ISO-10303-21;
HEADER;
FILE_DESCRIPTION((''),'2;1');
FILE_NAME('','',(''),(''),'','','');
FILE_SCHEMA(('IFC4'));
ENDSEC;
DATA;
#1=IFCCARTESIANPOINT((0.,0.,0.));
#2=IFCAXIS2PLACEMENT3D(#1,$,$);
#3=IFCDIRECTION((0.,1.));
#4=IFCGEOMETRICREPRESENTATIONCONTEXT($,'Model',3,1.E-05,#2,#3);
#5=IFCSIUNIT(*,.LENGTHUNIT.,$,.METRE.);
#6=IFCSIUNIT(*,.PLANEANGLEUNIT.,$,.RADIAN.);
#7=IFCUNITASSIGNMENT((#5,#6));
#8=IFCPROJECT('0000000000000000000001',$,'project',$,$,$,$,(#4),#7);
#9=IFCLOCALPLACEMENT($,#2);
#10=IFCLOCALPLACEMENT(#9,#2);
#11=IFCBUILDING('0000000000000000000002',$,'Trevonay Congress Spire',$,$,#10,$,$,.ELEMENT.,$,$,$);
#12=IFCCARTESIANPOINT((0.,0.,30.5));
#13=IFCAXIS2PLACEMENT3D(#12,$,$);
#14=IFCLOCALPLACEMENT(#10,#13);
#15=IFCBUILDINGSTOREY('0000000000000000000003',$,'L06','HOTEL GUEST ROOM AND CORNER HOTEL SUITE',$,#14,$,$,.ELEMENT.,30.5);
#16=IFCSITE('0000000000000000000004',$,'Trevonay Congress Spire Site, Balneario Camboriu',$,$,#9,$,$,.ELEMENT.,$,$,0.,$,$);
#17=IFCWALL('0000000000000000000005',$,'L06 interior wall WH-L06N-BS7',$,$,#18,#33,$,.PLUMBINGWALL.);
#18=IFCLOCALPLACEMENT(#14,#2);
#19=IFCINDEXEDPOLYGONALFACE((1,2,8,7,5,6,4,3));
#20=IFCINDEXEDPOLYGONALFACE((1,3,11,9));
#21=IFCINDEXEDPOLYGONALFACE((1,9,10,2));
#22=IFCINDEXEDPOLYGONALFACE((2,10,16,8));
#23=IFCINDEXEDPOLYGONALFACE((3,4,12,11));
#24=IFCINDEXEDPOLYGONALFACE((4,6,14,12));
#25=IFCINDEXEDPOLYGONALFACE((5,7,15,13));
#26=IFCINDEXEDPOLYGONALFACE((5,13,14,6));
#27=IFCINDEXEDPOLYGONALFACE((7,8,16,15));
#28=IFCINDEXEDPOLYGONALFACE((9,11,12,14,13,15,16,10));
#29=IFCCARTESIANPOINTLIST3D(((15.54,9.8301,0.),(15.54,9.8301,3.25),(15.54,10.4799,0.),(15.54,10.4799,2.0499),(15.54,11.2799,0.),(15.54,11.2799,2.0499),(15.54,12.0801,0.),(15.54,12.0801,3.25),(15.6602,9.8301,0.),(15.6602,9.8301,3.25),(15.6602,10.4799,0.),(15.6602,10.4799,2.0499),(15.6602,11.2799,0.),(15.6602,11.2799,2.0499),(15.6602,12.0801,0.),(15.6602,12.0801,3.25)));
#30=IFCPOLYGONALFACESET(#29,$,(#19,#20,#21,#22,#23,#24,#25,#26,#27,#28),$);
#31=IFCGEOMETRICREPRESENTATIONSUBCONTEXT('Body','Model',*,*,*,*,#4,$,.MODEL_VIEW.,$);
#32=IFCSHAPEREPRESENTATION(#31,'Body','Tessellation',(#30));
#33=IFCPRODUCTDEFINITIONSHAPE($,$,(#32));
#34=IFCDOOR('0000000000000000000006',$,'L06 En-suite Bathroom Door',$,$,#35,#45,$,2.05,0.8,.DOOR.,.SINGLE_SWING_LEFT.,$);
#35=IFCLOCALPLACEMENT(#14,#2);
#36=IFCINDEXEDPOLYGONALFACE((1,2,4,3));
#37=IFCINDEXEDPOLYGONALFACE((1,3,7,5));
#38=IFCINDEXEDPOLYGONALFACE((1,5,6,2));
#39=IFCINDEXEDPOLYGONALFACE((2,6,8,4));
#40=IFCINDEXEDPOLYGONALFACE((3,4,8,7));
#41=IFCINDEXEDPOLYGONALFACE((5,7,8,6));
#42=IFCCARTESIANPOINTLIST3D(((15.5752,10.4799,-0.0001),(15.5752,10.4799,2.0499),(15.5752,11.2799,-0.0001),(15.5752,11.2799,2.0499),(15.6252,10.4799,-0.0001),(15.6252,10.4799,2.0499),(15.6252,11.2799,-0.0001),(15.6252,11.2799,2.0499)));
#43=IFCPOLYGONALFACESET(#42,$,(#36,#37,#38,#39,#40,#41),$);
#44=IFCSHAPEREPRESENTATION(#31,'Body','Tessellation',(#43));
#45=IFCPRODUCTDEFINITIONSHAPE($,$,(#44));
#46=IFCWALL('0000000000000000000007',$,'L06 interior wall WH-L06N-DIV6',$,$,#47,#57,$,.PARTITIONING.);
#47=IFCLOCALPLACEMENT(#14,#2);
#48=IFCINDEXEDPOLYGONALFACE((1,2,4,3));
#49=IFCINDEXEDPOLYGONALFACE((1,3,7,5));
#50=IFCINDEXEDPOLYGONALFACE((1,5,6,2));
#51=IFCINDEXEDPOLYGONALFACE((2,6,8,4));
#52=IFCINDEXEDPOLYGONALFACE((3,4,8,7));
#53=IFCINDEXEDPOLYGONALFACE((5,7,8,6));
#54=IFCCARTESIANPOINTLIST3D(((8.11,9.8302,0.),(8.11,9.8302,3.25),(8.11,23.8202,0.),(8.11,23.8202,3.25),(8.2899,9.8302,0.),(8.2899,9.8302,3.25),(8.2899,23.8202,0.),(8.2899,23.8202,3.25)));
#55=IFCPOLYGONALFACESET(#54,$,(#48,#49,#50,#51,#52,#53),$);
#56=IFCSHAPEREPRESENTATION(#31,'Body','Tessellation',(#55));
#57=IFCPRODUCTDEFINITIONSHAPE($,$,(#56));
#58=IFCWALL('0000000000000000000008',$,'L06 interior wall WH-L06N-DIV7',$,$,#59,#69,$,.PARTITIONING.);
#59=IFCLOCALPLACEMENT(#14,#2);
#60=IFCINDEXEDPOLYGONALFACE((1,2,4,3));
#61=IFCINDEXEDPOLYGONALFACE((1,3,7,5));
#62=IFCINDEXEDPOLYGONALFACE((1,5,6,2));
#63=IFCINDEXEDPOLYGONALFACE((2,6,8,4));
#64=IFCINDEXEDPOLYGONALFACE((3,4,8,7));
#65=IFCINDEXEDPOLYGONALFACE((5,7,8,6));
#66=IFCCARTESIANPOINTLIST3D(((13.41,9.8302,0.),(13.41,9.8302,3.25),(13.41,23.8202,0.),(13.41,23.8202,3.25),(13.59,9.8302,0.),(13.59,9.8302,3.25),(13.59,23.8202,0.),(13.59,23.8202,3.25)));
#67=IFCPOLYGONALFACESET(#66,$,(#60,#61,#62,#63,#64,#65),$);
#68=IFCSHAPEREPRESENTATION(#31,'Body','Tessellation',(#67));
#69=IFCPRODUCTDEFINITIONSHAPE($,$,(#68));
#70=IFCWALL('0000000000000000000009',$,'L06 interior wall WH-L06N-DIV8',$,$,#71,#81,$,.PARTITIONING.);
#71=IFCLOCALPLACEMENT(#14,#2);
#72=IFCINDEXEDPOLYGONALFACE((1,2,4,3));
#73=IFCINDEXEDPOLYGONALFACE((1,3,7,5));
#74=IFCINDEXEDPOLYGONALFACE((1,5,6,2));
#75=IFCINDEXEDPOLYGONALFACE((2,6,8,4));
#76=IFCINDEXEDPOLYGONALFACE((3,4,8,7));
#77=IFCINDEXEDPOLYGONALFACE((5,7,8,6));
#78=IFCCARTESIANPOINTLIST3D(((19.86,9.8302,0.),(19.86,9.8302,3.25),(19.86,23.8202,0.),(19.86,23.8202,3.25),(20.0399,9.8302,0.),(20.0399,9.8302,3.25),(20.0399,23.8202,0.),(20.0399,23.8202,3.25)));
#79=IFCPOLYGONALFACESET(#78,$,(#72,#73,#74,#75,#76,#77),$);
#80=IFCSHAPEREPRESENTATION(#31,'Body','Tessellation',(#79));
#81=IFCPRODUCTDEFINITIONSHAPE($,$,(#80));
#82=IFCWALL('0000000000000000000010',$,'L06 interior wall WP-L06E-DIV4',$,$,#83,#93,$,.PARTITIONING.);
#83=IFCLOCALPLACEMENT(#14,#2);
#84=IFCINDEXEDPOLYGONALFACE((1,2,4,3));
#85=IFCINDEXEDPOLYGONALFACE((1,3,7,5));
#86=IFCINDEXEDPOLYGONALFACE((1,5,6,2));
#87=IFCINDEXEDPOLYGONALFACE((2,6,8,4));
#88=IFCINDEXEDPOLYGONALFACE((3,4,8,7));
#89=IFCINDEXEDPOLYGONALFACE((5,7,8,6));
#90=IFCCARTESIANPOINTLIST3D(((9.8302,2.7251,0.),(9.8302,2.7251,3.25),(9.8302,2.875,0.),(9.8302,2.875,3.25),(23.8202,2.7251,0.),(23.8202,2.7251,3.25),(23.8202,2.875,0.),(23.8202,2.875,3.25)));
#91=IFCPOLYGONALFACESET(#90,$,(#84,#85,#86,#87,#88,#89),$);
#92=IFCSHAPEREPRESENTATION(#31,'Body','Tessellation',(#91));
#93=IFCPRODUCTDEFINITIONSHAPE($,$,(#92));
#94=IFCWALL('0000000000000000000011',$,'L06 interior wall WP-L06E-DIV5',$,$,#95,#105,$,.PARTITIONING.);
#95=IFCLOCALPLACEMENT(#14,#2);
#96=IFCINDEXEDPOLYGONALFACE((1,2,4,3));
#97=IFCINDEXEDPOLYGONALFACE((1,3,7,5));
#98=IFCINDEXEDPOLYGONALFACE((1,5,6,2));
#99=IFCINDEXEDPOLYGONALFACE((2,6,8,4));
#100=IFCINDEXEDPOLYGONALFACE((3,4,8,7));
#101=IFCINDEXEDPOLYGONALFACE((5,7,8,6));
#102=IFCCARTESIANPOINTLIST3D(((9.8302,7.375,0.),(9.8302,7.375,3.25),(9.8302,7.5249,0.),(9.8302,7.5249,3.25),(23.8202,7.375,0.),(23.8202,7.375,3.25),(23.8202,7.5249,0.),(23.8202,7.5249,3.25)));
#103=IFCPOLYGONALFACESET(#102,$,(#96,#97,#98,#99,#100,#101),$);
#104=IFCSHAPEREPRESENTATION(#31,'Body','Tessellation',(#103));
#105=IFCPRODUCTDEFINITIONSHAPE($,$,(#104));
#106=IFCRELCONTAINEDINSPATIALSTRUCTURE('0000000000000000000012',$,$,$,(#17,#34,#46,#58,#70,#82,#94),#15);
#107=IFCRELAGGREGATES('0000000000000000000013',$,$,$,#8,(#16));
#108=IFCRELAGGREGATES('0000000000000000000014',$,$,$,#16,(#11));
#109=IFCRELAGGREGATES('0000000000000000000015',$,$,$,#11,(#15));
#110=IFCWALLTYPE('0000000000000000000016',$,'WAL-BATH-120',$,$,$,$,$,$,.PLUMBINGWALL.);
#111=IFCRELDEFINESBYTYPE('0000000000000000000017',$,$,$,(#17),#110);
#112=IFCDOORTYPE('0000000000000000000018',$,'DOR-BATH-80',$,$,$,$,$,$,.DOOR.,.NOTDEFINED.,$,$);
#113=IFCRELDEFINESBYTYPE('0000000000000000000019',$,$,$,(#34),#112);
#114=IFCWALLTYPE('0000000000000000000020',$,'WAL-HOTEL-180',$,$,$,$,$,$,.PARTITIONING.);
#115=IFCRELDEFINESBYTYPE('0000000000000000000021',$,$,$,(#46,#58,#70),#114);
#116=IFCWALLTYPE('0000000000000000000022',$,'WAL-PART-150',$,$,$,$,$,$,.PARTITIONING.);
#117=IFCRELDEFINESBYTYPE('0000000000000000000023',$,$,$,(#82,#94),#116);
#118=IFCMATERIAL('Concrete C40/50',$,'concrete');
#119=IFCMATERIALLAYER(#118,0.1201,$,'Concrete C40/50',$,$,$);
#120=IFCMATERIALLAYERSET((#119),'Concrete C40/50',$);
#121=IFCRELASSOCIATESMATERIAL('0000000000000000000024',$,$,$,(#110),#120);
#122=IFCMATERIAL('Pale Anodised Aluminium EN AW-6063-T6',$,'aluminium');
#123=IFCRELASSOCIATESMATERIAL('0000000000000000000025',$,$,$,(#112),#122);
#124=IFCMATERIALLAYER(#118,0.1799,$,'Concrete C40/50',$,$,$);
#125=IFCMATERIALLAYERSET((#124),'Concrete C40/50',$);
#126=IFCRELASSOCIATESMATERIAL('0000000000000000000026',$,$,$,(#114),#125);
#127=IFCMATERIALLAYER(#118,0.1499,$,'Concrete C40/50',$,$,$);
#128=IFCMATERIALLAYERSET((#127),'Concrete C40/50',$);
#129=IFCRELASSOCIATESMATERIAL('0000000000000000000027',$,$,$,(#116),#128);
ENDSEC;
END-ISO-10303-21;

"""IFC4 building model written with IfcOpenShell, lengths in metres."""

from ifc_helpers import new_model, si_unit, direction, frame, frame_2d, origin, place, context, subcontext, project, spatial, rectangle, extrude, material, layer, layer_set, type_object, element, fill, save


model = new_model("IFC4")

# Units and contexts
model_context = context("Model", 3, precision=1e-05, world=origin(), true_north=direction((0.0, 1.0)))
body_context = subcontext(model_context, "Body", "Model", "MODEL_VIEW")
ifc_project = project(units=[si_unit("LENGTHUNIT", "METRE"), si_unit("PLANEANGLEUNIT", "RADIAN")], contexts=[model_context])

# Site, building, storey
site_placement = place(None, origin())
site = spatial("IfcSite", under=ifc_project, at=site_placement, Name="Trevonay Congress Spire Site, Balneario Camboriu", CompositionType="ELEMENT", RefElevation=0.0)
building_placement = place(site_placement, origin())
building = spatial("IfcBuilding", under=site, at=building_placement, Name="Trevonay Congress Spire", CompositionType="ELEMENT")
storey_placement = place(building_placement, frame((0.0, 0.0, 30.5)))
storey = spatial("IfcBuildingStorey", under=building, at=storey_placement, Name="L06", Description="HOTEL GUEST ROOM AND CORNER HOTEL SUITE", CompositionType="ELEMENT", Elevation=30.5)

# Shared definitions
ifc_material_1 = material(Name="Pale Anodised Aluminium EN AW-6063-T6", Category="aluminium")

# Wall, opening, door
ifc_material_2 = material(Name="Concrete C40/50", Category="concrete")
ifc_layer_1 = layer(ifc_material_2, 0.1201, Name="Concrete C40/50")
ifc_layer_set_1 = layer_set([ifc_layer_1], Name="Concrete C40/50")
wall_type_1 = type_object("IfcWallType", Name="WAL-BATH-120", PredefinedType="PLUMBINGWALL", material=ifc_layer_set_1)
door_type = type_object("IfcDoorType", Name="DOR-BATH-80", OperationType="NOTDEFINED", PredefinedType="DOOR", material=ifc_material_1)
wall_1_placement = place(storey_placement, frame((15.6001, 9.8301, 0.0), z_axis=(0.0, 0.0, 1.0), x_axis=(0.0, 1.0, 0.0)))
wall_1 = element("IfcWall", 1, at=wall_1_placement, inside=storey, type_object=wall_type_1, Name="L06 interior wall WH-L06N-BS7", PredefinedType="PLUMBINGWALL", context=body_context, shape_type="SweptSolid", body=[
    extrude(rectangle(XDim=2.25, YDim=0.1201, at=frame_2d((1.125, 0.0))), origin(), (0.0, 0.0, 1.0), 3.25),
])
opening_1_placement = place(wall_1_placement, frame((0.6499, 0.0, 0.0)))
opening_1 = element("IfcOpeningElement", 2, at=opening_1_placement, cuts=wall_1, PredefinedType="OPENING", context=body_context, shape_type="SweptSolid", body=[
    extrude(rectangle(XDim=0.8, YDim=2.05, at=frame_2d((0.3999, 1.0249))), frame((0.0, 0.0701, 0.0), z_axis=(0.0, -1.0, 0.0), x_axis=(1.0, 0.0, 0.0)), (0.0, 0.0, 1.0), 0.1401),
])
door_1_placement = place(opening_1_placement, origin())
door_1 = element("IfcDoor", 3, at=door_1_placement, inside=storey, type_object=door_type, Name="L06 En-suite Bathroom Door", OperationType="SINGLE_SWING_LEFT", OverallHeight=2.05, OverallWidth=0.8, PredefinedType="DOOR", context=body_context, shape_type="SweptSolid", body=[
    extrude(rectangle(XDim=0.8, YDim=2.05, at=frame_2d((0.3999, 1.0249))), frame((0.0, 0.0249, 0.0), z_axis=(0.0, -1.0, 0.0), x_axis=(1.0, 0.0, 0.0)), (0.0, 0.0, 1.0), 0.05),
])
fill(opening_1, door_1)

# Walls
ifc_layer_2 = layer(ifc_material_2, 0.1799, Name="Concrete C40/50")
ifc_layer_set_2 = layer_set([ifc_layer_2], Name="Concrete C40/50")
wall_type_2 = type_object("IfcWallType", Name="WAL-HOTEL-180", PredefinedType="PARTITIONING", material=ifc_layer_set_2)
for number, where, z_axis, x_axis, name in (
    (4, (8.2, 9.8301, 0.0), (0.0, 0.0, 1.0), (0.0, 1.0, 0.0), "L06 interior wall WH-L06N-DIV6"),
    (5, (13.5, 9.8301, 0.0), (0.0, 0.0, 1.0), (0.0, 1.0, 0.0), "L06 interior wall WH-L06N-DIV7"),
    (6, (19.95, 9.8301, 0.0), (0.0, 0.0, 1.0), (0.0, 1.0, 0.0), "L06 interior wall WH-L06N-DIV8"),
):
    element("IfcWall", number, at=place(storey_placement, frame(where, z_axis=z_axis, x_axis=x_axis)), inside=storey, type_object=wall_type_2, Name=name, PredefinedType="PARTITIONING", context=body_context, shape_type="SweptSolid", body=[
        extrude(rectangle(XDim=13.99, YDim=0.1799, at=frame_2d((6.9951, 0.0))), origin(), (0.0, 0.0, 1.0), 3.25),
    ])
ifc_layer_3 = layer(ifc_material_2, 0.1499, Name="Concrete C40/50")
ifc_layer_set_3 = layer_set([ifc_layer_3], Name="Concrete C40/50")
wall_type_3 = type_object("IfcWallType", Name="WAL-PART-150", PredefinedType="PARTITIONING", material=ifc_layer_set_3)
for number, where, z_axis, x_axis, name in (
    (7, (9.8301, 2.8, 0.0), (0.0, 0.0, 1.0), (1.0, 0.0, 0.0), "L06 interior wall WP-L06E-DIV4"),
    (8, (9.8301, 7.45, 0.0), (0.0, 0.0, 1.0), (1.0, 0.0, 0.0), "L06 interior wall WP-L06E-DIV5"),
):
    element("IfcWall", number, at=place(storey_placement, frame(where, z_axis=z_axis, x_axis=x_axis)), inside=storey, type_object=wall_type_3, Name=name, PredefinedType="PARTITIONING", context=body_context, shape_type="SweptSolid", body=[
        extrude(rectangle(XDim=13.99, YDim=0.1499, at=frame_2d((6.9951, 0.0))), origin(), (0.0, 0.0, 1.0), 3.25),
    ])

save(model, "model.ifc")
